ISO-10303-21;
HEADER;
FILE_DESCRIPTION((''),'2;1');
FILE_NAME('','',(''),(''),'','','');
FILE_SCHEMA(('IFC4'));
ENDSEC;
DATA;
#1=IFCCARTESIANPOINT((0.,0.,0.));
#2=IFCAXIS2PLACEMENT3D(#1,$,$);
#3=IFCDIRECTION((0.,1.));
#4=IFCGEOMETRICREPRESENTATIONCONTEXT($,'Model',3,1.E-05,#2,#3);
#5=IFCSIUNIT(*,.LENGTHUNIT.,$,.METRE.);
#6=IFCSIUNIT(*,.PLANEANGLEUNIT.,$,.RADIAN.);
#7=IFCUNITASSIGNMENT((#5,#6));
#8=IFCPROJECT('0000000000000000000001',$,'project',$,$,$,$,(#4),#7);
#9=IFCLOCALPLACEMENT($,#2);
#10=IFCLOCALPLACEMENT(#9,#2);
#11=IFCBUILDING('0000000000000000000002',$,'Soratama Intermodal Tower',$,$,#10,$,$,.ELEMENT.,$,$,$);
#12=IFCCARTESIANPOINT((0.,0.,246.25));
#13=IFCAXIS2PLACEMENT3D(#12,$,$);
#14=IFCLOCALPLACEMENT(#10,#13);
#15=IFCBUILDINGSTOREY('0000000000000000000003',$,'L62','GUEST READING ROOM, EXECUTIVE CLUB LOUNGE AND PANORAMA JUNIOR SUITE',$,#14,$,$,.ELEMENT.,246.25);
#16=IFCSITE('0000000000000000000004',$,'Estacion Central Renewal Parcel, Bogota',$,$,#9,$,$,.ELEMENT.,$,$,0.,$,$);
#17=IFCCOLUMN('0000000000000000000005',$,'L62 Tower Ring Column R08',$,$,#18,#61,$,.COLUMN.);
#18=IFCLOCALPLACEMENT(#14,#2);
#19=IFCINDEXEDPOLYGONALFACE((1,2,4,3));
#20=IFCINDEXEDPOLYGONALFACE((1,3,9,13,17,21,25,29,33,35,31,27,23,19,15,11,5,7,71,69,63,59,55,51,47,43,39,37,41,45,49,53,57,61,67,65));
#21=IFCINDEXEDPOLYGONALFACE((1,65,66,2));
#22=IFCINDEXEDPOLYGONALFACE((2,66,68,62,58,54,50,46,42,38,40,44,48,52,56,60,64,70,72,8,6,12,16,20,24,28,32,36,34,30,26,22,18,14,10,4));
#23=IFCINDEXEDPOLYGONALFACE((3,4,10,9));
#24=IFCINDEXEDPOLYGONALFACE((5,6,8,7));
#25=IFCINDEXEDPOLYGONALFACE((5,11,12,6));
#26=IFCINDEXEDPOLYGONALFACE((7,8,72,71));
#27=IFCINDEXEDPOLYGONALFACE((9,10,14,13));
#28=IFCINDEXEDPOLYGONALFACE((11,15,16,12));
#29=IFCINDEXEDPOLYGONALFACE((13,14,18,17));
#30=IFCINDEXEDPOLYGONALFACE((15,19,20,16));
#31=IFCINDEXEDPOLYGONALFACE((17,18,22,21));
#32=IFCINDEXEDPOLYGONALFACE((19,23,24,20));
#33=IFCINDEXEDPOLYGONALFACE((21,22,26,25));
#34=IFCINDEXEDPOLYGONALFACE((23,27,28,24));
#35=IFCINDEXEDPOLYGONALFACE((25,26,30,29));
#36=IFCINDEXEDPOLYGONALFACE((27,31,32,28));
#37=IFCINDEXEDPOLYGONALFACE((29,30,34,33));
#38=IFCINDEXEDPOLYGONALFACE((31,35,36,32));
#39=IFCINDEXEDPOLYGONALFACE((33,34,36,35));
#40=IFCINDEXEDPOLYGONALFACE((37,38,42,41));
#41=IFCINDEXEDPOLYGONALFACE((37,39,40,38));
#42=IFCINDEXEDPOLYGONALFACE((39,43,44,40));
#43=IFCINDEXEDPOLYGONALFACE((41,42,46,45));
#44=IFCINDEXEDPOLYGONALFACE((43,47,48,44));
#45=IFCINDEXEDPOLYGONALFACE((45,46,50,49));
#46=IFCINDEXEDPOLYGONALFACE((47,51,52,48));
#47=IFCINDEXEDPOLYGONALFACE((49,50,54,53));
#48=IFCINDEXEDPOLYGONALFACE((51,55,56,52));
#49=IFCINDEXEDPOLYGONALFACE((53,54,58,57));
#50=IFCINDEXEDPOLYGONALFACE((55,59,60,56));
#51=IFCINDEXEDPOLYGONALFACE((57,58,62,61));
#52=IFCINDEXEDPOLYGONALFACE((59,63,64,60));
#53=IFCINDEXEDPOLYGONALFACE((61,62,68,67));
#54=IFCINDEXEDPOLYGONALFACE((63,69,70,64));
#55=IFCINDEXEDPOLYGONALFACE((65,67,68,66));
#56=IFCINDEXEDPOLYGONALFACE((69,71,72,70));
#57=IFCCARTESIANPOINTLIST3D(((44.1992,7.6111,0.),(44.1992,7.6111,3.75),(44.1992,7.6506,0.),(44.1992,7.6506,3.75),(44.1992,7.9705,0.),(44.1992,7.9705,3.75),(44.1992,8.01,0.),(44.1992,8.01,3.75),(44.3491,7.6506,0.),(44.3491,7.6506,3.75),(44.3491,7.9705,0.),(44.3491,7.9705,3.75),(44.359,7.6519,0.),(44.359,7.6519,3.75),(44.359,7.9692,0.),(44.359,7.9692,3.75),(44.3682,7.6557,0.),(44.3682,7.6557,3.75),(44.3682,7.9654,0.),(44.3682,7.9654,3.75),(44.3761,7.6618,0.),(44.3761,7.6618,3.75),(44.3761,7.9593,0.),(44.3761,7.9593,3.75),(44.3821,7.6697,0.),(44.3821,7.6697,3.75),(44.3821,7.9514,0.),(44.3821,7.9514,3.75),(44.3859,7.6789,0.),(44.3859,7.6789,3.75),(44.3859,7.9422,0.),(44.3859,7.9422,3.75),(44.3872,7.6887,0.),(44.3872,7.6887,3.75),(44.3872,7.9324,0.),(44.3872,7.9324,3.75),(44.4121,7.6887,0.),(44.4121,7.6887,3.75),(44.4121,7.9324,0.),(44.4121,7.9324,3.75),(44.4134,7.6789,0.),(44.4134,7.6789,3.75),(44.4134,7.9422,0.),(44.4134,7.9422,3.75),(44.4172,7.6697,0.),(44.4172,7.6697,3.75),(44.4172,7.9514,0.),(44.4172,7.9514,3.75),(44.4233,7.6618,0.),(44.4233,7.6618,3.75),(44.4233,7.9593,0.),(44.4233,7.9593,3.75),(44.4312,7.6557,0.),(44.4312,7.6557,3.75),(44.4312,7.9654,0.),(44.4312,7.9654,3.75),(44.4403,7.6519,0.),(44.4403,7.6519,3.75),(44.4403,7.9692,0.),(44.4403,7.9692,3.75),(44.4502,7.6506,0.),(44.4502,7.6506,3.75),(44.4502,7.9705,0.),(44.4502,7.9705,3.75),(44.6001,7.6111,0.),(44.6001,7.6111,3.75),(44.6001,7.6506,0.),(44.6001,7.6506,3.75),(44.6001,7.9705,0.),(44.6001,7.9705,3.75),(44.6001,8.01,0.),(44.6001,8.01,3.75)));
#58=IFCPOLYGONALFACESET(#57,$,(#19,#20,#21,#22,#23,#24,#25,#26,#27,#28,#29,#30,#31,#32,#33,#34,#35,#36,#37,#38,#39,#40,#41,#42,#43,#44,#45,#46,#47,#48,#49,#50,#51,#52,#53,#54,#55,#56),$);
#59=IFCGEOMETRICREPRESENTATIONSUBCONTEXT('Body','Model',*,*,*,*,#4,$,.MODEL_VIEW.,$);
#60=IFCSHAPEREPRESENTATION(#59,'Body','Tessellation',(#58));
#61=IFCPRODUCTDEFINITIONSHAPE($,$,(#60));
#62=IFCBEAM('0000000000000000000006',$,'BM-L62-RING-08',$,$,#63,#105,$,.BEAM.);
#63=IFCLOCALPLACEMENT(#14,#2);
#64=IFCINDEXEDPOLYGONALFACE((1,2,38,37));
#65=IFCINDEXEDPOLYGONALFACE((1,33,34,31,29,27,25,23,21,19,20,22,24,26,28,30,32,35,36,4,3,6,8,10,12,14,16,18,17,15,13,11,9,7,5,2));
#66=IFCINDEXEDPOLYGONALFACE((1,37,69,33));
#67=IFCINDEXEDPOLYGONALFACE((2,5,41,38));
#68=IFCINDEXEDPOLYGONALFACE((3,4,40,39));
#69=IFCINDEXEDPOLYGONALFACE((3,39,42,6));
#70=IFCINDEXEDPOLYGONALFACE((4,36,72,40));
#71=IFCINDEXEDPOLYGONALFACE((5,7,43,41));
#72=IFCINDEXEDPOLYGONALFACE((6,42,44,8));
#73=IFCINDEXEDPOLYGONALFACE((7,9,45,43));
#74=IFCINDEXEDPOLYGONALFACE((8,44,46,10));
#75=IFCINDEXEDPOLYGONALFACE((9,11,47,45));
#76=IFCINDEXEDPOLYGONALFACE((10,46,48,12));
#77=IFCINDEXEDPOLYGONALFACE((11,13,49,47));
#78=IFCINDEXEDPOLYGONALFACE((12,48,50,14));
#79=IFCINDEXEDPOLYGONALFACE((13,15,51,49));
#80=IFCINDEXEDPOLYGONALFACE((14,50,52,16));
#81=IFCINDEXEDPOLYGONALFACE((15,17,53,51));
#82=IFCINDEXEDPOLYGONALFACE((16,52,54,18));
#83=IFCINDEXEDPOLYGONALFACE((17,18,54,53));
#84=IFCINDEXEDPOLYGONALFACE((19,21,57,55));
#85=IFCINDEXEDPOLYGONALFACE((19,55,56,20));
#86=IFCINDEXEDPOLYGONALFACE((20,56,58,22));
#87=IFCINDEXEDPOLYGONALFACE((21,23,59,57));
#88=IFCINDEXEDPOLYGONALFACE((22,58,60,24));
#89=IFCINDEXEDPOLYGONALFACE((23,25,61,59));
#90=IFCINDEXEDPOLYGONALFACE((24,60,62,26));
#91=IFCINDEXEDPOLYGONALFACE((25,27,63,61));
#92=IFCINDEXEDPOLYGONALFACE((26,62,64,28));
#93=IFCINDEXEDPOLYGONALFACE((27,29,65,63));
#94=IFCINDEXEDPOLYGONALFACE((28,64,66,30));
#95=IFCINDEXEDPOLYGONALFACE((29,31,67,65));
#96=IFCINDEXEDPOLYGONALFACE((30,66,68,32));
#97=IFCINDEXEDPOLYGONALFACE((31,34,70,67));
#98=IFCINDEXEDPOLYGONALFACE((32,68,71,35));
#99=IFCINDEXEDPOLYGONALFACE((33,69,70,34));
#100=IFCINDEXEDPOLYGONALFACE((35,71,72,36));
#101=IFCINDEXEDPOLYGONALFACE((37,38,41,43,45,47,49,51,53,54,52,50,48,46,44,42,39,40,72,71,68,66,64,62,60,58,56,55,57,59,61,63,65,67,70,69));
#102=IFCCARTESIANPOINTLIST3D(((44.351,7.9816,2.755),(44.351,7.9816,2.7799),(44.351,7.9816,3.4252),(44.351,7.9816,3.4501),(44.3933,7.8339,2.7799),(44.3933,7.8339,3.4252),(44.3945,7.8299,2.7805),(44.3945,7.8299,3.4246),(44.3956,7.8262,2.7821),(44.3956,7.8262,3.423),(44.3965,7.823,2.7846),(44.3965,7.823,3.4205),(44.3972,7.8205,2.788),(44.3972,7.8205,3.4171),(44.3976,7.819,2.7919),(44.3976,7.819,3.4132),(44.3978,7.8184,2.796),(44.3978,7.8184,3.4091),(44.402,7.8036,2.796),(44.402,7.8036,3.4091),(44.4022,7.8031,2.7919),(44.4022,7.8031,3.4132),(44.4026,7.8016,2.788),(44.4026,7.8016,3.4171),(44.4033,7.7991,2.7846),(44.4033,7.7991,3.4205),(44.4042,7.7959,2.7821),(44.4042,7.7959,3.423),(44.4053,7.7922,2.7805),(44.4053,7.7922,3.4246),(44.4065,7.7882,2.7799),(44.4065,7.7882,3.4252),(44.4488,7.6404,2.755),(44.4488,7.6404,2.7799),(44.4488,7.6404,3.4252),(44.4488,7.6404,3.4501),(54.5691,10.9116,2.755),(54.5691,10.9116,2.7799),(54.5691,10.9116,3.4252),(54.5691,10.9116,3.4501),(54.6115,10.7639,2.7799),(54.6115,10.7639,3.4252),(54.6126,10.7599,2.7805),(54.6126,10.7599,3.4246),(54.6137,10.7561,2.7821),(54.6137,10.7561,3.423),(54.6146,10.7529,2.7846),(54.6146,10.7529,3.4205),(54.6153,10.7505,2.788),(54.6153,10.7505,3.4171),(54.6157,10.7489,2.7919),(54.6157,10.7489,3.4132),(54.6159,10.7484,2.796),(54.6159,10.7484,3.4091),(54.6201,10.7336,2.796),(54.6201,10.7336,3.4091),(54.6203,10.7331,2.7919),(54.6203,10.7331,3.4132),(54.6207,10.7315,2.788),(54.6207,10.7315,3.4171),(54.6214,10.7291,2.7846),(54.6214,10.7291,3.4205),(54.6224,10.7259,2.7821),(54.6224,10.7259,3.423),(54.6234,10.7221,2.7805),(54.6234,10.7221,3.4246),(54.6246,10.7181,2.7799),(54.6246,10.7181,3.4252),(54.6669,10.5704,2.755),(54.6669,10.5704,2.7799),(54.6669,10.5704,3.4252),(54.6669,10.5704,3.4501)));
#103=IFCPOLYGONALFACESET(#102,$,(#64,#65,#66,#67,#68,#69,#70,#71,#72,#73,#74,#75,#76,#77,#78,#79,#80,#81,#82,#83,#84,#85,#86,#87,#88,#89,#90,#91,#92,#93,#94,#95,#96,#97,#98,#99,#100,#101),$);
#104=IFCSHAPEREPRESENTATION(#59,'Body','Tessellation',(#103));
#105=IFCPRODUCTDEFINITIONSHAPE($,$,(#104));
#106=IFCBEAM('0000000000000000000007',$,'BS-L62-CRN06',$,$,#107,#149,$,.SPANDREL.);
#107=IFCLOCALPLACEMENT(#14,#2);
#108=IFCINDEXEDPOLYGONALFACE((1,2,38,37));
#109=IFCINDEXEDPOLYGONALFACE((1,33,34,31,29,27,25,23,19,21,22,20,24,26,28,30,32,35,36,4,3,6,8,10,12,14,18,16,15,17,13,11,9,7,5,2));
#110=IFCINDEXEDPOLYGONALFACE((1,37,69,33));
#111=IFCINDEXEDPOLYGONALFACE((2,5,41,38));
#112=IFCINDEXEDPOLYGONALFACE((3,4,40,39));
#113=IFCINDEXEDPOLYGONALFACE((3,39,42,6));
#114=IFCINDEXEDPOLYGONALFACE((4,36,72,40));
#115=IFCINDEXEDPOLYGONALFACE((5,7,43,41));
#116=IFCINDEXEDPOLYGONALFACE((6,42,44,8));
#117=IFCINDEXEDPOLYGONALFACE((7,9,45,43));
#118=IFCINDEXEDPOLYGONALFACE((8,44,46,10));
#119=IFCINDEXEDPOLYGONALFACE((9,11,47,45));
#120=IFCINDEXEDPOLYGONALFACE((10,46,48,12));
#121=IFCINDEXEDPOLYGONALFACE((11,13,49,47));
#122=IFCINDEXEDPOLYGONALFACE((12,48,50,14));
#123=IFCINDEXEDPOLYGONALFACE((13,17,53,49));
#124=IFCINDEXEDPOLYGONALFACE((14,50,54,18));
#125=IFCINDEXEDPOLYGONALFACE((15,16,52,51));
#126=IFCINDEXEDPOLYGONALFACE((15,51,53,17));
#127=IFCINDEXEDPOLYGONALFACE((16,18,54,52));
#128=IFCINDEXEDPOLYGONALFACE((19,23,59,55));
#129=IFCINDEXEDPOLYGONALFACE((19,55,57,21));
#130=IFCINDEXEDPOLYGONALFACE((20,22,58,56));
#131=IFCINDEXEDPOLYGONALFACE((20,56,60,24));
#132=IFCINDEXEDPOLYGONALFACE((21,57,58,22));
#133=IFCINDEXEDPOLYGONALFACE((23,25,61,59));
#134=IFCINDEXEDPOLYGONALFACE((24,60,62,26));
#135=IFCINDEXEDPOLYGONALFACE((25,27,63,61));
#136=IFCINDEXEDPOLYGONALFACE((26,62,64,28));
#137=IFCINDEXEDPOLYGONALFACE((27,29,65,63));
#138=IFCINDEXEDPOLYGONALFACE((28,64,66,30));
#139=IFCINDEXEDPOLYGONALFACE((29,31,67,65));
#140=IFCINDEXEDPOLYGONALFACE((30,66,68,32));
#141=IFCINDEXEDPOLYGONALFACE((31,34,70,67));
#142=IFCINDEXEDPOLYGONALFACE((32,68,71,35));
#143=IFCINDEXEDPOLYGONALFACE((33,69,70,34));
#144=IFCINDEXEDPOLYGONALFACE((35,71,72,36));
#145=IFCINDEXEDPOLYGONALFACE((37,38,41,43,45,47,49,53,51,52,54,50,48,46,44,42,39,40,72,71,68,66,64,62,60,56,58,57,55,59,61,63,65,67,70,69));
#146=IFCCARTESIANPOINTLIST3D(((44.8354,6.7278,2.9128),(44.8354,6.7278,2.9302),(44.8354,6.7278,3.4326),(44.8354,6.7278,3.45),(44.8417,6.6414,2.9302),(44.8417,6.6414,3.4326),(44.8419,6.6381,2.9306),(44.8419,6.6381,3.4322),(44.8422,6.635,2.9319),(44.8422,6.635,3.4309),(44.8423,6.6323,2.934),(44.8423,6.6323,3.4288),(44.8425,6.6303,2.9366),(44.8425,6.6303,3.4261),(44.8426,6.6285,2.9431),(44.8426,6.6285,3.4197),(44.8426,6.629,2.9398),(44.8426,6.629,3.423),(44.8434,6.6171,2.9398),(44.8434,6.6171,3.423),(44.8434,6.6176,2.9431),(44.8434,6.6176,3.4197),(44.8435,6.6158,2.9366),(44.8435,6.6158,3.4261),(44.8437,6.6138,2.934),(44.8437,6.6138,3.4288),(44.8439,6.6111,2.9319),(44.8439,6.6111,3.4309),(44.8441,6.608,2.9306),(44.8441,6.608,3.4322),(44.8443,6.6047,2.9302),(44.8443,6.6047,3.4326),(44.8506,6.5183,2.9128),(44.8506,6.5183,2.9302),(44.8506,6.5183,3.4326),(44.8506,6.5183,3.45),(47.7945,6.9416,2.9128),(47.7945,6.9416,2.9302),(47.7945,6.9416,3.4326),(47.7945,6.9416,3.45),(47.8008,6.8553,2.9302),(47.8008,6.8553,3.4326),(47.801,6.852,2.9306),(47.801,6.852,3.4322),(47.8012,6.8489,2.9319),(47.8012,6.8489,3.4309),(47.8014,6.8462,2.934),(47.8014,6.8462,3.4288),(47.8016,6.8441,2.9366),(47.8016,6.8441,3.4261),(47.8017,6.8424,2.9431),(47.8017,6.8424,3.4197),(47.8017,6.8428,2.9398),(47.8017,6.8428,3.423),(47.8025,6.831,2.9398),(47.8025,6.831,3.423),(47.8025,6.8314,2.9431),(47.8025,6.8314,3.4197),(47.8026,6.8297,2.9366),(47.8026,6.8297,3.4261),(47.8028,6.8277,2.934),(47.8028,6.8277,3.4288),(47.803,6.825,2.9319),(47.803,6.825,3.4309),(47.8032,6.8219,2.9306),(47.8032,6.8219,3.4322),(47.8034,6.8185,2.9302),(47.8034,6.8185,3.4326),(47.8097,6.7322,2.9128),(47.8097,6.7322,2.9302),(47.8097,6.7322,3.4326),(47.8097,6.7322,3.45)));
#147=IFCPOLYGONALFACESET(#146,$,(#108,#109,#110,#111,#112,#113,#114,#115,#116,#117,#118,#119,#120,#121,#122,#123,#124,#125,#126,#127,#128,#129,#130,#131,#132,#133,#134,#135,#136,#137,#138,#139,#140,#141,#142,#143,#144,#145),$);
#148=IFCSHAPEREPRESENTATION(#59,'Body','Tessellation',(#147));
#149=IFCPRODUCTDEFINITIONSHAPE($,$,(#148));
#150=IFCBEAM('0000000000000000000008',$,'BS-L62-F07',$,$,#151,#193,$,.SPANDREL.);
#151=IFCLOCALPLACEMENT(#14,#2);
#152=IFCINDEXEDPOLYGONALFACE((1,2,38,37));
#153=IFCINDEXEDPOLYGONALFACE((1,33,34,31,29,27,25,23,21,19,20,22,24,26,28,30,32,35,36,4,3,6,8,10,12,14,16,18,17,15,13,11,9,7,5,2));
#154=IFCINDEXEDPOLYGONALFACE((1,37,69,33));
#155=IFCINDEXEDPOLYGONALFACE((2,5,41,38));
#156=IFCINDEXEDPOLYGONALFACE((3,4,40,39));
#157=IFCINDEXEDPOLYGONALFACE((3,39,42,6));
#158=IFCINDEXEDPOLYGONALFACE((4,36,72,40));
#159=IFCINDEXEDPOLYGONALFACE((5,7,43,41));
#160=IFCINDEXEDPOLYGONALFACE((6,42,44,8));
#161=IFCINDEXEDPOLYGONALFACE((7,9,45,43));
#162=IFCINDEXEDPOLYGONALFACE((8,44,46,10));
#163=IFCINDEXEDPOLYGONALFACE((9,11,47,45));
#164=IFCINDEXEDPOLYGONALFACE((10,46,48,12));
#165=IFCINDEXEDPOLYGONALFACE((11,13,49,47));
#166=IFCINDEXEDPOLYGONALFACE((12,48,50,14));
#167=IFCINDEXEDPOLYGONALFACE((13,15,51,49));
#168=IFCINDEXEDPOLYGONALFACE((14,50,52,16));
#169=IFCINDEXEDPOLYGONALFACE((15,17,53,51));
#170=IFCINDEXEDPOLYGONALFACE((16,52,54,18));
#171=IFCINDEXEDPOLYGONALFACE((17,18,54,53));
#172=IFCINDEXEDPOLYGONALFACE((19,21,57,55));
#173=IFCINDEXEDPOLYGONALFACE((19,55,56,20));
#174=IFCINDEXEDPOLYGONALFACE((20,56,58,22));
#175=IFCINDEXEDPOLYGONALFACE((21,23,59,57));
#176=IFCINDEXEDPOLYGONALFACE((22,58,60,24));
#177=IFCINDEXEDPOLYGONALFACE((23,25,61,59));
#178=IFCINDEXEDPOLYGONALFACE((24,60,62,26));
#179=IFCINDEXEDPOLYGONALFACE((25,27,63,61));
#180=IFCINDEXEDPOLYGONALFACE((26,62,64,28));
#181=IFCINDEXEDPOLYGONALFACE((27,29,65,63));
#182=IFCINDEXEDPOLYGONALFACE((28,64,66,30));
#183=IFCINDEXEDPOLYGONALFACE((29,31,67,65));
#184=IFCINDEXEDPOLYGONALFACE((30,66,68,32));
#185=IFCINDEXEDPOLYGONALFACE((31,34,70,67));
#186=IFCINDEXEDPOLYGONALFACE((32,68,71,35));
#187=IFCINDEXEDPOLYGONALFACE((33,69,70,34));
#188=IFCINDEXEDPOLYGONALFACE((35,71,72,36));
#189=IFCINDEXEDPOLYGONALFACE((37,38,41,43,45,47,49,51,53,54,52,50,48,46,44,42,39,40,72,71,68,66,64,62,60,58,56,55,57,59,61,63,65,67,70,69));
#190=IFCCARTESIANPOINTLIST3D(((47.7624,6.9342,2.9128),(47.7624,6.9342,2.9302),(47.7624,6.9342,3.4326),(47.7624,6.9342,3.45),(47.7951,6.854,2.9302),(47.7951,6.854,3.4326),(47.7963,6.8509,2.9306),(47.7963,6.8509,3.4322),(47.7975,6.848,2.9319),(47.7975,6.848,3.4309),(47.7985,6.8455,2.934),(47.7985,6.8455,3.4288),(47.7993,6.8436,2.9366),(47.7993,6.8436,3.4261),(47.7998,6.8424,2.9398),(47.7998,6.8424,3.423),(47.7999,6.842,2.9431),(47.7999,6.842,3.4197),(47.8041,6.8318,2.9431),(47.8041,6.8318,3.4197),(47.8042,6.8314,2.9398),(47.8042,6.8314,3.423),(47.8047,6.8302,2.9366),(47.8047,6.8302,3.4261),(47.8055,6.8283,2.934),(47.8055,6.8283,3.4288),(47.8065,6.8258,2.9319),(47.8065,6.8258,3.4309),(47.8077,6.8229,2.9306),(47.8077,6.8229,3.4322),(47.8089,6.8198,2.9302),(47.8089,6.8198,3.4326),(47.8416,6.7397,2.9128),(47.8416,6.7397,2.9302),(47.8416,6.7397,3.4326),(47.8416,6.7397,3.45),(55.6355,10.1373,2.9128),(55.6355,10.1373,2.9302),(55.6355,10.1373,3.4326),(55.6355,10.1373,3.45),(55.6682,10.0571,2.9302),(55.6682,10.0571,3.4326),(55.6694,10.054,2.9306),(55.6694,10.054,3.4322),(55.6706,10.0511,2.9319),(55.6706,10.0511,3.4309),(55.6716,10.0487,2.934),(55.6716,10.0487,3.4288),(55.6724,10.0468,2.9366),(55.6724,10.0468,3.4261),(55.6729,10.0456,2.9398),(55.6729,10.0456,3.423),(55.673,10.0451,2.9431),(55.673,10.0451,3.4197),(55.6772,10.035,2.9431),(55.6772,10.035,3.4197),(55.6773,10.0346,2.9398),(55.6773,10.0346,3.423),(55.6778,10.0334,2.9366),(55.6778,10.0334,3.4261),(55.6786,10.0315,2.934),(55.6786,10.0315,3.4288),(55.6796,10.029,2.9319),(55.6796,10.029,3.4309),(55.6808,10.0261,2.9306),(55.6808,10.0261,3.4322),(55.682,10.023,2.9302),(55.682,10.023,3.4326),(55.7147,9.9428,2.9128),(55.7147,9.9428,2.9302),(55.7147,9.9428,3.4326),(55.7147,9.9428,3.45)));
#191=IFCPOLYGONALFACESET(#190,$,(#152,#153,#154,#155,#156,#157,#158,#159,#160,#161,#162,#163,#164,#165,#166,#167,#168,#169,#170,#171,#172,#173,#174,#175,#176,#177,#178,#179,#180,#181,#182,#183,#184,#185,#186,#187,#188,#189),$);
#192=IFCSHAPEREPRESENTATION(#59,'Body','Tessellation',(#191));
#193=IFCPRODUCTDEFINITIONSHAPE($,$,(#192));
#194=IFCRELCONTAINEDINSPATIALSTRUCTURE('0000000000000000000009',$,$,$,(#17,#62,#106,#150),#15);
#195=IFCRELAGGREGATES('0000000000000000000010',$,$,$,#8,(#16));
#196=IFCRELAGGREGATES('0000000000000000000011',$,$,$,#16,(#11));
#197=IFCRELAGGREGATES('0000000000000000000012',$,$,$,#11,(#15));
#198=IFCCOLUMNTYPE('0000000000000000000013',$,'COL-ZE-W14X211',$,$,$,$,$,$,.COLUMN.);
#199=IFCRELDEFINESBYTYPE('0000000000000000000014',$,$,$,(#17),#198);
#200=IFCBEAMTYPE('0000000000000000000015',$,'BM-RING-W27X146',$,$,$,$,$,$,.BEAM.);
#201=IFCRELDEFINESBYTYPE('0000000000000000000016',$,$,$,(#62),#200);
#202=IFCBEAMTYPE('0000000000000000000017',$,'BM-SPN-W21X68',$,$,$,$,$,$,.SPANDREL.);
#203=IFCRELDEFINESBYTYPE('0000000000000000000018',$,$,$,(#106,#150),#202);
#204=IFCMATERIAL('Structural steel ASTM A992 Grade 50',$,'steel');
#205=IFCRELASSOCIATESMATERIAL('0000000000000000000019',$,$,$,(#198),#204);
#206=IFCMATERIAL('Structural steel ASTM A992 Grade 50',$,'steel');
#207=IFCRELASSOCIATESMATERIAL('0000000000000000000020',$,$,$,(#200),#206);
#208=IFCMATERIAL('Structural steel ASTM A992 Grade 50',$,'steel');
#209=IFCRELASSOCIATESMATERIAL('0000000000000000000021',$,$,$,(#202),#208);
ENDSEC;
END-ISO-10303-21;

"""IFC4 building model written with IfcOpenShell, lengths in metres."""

from ifc_helpers import new_model, si_unit, direction, frame, origin, origin_2d, place, context, subcontext, project, spatial, i_section, extrude, material, material_profile, profile_set, type_object, element, save


model = new_model("IFC4")

# Units and contexts
model_context = context("Model", 3, precision=1e-05, world=origin(), true_north=direction((0.0, 1.0)))
body_context = subcontext(model_context, "Body", "Model", "MODEL_VIEW")
ifc_project = project(units=[si_unit("LENGTHUNIT", "METRE"), si_unit("PLANEANGLEUNIT", "RADIAN")], contexts=[model_context])

# Site, building, storey
site_placement = place(None, origin())
site = spatial("IfcSite", under=ifc_project, at=site_placement, Name="Estacion Central Renewal Parcel, Bogota", CompositionType="ELEMENT", RefElevation=0.0)
building_placement = place(site_placement, origin())
building = spatial("IfcBuilding", under=site, at=building_placement, Name="Soratama Intermodal Tower", CompositionType="ELEMENT")
storey_placement = place(building_placement, frame((0.0, 0.0, 246.25)))
storey = spatial("IfcBuildingStorey", under=building, at=storey_placement, Name="L62", Description="GUEST READING ROOM, EXECUTIVE CLUB LOUNGE AND PANORAMA JUNIOR SUITE", CompositionType="ELEMENT", Elevation=246.25)

# Column
ifc_material_1 = material(Name="Structural steel ASTM A992 Grade 50", Category="steel")
ifc_material_profile_1 = material_profile(ifc_material_1, i_section(OverallWidth=0.4009, OverallDepth=0.3989, WebThickness=0.0249, FlangeThickness=0.0396, FilletRadius=0.0381, at=origin_2d()), Name="W14X211")
ifc_profile_set_1 = profile_set([ifc_material_profile_1], Name="Structural steel ASTM A992 Grade 50")
column_type = type_object("IfcColumnType", Name="COL-ZE-W14X211", PredefinedType="COLUMN", material=ifc_profile_set_1)
column_placement = place(storey_placement, frame((44.3997, 7.8105, 0.0), z_axis=(0.0, 0.0, 1.0), x_axis=(1.0, 0.0, 0.0)))
element("IfcColumn", 1, at=column_placement, inside=storey, type_object=column_type, Name="L62 Tower Ring Column R08", PredefinedType="COLUMN", context=body_context, shape_type="SweptSolid", body=[
    extrude(i_section(OverallWidth=0.4009, OverallDepth=0.3989, WebThickness=0.0249, FlangeThickness=0.0396, FilletRadius=0.0381, at=origin_2d()), origin(), (0.0, 0.0, 1.0), 3.75),
])

# Beams
ifc_material_2 = material(Name="Structural steel ASTM A992 Grade 50", Category="steel")
ifc_material_profile_2 = material_profile(ifc_material_2, i_section(OverallWidth=0.355, OverallDepth=0.6951, WebThickness=0.0154, FlangeThickness=0.0249, FilletRadius=0.0161, at=origin_2d()), Name="W27X146")
ifc_profile_set_2 = profile_set([ifc_material_profile_2], Name="Structural steel ASTM A992 Grade 50")
beam_type_1 = type_object("IfcBeamType", Name="BM-RING-W27X146", PredefinedType="BEAM", material=ifc_profile_set_2)
beam_1_placement = place(storey_placement, frame((44.3999, 7.811, 3.1025), z_axis=(0.961263, 0.275634, 0.0), x_axis=(-0.275634, 0.961263, 0.0)))
element("IfcBeam", 2, at=beam_1_placement, inside=storey, type_object=beam_type_1, Name="BM-L62-RING-08", PredefinedType="BEAM", context=body_context, shape_type="SweptSolid", body=[
    extrude(i_section(OverallWidth=0.355, OverallDepth=0.6951, WebThickness=0.0154, FlangeThickness=0.0249, FilletRadius=0.0161, at=origin_2d()), origin(), (0.0, 0.0, 1.0), 10.6299),
])
ifc_material_3 = material(Name="Structural steel ASTM A992 Grade 50", Category="steel")
ifc_material_profile_3 = material_profile(ifc_material_3, i_section(OverallWidth=0.21, OverallDepth=0.5371, WebThickness=0.011, FlangeThickness=0.0173, FilletRadius=0.0129, at=origin_2d()), Name="W21X68")
ifc_profile_set_3 = profile_set([ifc_material_profile_3], Name="Structural steel ASTM A992 Grade 50")
beam_type_2 = type_object("IfcBeamType", Name="BM-SPN-W21X68", PredefinedType="SPANDREL", material=ifc_profile_set_3)
beam_2_placement = place(storey_placement, frame((44.843, 6.623, 3.1814), z_axis=(0.997398, 0.072089, 0.0), x_axis=(-0.072089, 0.997398, 0.0)))
element("IfcBeam", 3, at=beam_2_placement, inside=storey, type_object=beam_type_2, Name="BS-L62-CRN06", PredefinedType="SPANDREL", context=body_context, shape_type="SweptSolid", body=[
    extrude(i_section(OverallWidth=0.21, OverallDepth=0.5371, WebThickness=0.011, FlangeThickness=0.0173, FilletRadius=0.0129, at=origin_2d()), origin(), (0.0, 0.0, 1.0), 2.9668),
])
beam_3_placement = place(storey_placement, frame((47.802, 6.8369, 3.1814), z_axis=(0.926274, 0.376852, 0.0), x_axis=(-0.376852, 0.926274, 0.0)))
element("IfcBeam", 4, at=beam_3_placement, inside=storey, type_object=beam_type_2, Name="BS-L62-F07", PredefinedType="SPANDREL", context=body_context, shape_type="SweptSolid", body=[
    extrude(i_section(OverallWidth=0.21, OverallDepth=0.5371, WebThickness=0.011, FlangeThickness=0.0173, FilletRadius=0.0129, at=origin_2d()), origin(), (0.0, 0.0, 1.0), 8.4998),
])

save(model, "model.ifc")
